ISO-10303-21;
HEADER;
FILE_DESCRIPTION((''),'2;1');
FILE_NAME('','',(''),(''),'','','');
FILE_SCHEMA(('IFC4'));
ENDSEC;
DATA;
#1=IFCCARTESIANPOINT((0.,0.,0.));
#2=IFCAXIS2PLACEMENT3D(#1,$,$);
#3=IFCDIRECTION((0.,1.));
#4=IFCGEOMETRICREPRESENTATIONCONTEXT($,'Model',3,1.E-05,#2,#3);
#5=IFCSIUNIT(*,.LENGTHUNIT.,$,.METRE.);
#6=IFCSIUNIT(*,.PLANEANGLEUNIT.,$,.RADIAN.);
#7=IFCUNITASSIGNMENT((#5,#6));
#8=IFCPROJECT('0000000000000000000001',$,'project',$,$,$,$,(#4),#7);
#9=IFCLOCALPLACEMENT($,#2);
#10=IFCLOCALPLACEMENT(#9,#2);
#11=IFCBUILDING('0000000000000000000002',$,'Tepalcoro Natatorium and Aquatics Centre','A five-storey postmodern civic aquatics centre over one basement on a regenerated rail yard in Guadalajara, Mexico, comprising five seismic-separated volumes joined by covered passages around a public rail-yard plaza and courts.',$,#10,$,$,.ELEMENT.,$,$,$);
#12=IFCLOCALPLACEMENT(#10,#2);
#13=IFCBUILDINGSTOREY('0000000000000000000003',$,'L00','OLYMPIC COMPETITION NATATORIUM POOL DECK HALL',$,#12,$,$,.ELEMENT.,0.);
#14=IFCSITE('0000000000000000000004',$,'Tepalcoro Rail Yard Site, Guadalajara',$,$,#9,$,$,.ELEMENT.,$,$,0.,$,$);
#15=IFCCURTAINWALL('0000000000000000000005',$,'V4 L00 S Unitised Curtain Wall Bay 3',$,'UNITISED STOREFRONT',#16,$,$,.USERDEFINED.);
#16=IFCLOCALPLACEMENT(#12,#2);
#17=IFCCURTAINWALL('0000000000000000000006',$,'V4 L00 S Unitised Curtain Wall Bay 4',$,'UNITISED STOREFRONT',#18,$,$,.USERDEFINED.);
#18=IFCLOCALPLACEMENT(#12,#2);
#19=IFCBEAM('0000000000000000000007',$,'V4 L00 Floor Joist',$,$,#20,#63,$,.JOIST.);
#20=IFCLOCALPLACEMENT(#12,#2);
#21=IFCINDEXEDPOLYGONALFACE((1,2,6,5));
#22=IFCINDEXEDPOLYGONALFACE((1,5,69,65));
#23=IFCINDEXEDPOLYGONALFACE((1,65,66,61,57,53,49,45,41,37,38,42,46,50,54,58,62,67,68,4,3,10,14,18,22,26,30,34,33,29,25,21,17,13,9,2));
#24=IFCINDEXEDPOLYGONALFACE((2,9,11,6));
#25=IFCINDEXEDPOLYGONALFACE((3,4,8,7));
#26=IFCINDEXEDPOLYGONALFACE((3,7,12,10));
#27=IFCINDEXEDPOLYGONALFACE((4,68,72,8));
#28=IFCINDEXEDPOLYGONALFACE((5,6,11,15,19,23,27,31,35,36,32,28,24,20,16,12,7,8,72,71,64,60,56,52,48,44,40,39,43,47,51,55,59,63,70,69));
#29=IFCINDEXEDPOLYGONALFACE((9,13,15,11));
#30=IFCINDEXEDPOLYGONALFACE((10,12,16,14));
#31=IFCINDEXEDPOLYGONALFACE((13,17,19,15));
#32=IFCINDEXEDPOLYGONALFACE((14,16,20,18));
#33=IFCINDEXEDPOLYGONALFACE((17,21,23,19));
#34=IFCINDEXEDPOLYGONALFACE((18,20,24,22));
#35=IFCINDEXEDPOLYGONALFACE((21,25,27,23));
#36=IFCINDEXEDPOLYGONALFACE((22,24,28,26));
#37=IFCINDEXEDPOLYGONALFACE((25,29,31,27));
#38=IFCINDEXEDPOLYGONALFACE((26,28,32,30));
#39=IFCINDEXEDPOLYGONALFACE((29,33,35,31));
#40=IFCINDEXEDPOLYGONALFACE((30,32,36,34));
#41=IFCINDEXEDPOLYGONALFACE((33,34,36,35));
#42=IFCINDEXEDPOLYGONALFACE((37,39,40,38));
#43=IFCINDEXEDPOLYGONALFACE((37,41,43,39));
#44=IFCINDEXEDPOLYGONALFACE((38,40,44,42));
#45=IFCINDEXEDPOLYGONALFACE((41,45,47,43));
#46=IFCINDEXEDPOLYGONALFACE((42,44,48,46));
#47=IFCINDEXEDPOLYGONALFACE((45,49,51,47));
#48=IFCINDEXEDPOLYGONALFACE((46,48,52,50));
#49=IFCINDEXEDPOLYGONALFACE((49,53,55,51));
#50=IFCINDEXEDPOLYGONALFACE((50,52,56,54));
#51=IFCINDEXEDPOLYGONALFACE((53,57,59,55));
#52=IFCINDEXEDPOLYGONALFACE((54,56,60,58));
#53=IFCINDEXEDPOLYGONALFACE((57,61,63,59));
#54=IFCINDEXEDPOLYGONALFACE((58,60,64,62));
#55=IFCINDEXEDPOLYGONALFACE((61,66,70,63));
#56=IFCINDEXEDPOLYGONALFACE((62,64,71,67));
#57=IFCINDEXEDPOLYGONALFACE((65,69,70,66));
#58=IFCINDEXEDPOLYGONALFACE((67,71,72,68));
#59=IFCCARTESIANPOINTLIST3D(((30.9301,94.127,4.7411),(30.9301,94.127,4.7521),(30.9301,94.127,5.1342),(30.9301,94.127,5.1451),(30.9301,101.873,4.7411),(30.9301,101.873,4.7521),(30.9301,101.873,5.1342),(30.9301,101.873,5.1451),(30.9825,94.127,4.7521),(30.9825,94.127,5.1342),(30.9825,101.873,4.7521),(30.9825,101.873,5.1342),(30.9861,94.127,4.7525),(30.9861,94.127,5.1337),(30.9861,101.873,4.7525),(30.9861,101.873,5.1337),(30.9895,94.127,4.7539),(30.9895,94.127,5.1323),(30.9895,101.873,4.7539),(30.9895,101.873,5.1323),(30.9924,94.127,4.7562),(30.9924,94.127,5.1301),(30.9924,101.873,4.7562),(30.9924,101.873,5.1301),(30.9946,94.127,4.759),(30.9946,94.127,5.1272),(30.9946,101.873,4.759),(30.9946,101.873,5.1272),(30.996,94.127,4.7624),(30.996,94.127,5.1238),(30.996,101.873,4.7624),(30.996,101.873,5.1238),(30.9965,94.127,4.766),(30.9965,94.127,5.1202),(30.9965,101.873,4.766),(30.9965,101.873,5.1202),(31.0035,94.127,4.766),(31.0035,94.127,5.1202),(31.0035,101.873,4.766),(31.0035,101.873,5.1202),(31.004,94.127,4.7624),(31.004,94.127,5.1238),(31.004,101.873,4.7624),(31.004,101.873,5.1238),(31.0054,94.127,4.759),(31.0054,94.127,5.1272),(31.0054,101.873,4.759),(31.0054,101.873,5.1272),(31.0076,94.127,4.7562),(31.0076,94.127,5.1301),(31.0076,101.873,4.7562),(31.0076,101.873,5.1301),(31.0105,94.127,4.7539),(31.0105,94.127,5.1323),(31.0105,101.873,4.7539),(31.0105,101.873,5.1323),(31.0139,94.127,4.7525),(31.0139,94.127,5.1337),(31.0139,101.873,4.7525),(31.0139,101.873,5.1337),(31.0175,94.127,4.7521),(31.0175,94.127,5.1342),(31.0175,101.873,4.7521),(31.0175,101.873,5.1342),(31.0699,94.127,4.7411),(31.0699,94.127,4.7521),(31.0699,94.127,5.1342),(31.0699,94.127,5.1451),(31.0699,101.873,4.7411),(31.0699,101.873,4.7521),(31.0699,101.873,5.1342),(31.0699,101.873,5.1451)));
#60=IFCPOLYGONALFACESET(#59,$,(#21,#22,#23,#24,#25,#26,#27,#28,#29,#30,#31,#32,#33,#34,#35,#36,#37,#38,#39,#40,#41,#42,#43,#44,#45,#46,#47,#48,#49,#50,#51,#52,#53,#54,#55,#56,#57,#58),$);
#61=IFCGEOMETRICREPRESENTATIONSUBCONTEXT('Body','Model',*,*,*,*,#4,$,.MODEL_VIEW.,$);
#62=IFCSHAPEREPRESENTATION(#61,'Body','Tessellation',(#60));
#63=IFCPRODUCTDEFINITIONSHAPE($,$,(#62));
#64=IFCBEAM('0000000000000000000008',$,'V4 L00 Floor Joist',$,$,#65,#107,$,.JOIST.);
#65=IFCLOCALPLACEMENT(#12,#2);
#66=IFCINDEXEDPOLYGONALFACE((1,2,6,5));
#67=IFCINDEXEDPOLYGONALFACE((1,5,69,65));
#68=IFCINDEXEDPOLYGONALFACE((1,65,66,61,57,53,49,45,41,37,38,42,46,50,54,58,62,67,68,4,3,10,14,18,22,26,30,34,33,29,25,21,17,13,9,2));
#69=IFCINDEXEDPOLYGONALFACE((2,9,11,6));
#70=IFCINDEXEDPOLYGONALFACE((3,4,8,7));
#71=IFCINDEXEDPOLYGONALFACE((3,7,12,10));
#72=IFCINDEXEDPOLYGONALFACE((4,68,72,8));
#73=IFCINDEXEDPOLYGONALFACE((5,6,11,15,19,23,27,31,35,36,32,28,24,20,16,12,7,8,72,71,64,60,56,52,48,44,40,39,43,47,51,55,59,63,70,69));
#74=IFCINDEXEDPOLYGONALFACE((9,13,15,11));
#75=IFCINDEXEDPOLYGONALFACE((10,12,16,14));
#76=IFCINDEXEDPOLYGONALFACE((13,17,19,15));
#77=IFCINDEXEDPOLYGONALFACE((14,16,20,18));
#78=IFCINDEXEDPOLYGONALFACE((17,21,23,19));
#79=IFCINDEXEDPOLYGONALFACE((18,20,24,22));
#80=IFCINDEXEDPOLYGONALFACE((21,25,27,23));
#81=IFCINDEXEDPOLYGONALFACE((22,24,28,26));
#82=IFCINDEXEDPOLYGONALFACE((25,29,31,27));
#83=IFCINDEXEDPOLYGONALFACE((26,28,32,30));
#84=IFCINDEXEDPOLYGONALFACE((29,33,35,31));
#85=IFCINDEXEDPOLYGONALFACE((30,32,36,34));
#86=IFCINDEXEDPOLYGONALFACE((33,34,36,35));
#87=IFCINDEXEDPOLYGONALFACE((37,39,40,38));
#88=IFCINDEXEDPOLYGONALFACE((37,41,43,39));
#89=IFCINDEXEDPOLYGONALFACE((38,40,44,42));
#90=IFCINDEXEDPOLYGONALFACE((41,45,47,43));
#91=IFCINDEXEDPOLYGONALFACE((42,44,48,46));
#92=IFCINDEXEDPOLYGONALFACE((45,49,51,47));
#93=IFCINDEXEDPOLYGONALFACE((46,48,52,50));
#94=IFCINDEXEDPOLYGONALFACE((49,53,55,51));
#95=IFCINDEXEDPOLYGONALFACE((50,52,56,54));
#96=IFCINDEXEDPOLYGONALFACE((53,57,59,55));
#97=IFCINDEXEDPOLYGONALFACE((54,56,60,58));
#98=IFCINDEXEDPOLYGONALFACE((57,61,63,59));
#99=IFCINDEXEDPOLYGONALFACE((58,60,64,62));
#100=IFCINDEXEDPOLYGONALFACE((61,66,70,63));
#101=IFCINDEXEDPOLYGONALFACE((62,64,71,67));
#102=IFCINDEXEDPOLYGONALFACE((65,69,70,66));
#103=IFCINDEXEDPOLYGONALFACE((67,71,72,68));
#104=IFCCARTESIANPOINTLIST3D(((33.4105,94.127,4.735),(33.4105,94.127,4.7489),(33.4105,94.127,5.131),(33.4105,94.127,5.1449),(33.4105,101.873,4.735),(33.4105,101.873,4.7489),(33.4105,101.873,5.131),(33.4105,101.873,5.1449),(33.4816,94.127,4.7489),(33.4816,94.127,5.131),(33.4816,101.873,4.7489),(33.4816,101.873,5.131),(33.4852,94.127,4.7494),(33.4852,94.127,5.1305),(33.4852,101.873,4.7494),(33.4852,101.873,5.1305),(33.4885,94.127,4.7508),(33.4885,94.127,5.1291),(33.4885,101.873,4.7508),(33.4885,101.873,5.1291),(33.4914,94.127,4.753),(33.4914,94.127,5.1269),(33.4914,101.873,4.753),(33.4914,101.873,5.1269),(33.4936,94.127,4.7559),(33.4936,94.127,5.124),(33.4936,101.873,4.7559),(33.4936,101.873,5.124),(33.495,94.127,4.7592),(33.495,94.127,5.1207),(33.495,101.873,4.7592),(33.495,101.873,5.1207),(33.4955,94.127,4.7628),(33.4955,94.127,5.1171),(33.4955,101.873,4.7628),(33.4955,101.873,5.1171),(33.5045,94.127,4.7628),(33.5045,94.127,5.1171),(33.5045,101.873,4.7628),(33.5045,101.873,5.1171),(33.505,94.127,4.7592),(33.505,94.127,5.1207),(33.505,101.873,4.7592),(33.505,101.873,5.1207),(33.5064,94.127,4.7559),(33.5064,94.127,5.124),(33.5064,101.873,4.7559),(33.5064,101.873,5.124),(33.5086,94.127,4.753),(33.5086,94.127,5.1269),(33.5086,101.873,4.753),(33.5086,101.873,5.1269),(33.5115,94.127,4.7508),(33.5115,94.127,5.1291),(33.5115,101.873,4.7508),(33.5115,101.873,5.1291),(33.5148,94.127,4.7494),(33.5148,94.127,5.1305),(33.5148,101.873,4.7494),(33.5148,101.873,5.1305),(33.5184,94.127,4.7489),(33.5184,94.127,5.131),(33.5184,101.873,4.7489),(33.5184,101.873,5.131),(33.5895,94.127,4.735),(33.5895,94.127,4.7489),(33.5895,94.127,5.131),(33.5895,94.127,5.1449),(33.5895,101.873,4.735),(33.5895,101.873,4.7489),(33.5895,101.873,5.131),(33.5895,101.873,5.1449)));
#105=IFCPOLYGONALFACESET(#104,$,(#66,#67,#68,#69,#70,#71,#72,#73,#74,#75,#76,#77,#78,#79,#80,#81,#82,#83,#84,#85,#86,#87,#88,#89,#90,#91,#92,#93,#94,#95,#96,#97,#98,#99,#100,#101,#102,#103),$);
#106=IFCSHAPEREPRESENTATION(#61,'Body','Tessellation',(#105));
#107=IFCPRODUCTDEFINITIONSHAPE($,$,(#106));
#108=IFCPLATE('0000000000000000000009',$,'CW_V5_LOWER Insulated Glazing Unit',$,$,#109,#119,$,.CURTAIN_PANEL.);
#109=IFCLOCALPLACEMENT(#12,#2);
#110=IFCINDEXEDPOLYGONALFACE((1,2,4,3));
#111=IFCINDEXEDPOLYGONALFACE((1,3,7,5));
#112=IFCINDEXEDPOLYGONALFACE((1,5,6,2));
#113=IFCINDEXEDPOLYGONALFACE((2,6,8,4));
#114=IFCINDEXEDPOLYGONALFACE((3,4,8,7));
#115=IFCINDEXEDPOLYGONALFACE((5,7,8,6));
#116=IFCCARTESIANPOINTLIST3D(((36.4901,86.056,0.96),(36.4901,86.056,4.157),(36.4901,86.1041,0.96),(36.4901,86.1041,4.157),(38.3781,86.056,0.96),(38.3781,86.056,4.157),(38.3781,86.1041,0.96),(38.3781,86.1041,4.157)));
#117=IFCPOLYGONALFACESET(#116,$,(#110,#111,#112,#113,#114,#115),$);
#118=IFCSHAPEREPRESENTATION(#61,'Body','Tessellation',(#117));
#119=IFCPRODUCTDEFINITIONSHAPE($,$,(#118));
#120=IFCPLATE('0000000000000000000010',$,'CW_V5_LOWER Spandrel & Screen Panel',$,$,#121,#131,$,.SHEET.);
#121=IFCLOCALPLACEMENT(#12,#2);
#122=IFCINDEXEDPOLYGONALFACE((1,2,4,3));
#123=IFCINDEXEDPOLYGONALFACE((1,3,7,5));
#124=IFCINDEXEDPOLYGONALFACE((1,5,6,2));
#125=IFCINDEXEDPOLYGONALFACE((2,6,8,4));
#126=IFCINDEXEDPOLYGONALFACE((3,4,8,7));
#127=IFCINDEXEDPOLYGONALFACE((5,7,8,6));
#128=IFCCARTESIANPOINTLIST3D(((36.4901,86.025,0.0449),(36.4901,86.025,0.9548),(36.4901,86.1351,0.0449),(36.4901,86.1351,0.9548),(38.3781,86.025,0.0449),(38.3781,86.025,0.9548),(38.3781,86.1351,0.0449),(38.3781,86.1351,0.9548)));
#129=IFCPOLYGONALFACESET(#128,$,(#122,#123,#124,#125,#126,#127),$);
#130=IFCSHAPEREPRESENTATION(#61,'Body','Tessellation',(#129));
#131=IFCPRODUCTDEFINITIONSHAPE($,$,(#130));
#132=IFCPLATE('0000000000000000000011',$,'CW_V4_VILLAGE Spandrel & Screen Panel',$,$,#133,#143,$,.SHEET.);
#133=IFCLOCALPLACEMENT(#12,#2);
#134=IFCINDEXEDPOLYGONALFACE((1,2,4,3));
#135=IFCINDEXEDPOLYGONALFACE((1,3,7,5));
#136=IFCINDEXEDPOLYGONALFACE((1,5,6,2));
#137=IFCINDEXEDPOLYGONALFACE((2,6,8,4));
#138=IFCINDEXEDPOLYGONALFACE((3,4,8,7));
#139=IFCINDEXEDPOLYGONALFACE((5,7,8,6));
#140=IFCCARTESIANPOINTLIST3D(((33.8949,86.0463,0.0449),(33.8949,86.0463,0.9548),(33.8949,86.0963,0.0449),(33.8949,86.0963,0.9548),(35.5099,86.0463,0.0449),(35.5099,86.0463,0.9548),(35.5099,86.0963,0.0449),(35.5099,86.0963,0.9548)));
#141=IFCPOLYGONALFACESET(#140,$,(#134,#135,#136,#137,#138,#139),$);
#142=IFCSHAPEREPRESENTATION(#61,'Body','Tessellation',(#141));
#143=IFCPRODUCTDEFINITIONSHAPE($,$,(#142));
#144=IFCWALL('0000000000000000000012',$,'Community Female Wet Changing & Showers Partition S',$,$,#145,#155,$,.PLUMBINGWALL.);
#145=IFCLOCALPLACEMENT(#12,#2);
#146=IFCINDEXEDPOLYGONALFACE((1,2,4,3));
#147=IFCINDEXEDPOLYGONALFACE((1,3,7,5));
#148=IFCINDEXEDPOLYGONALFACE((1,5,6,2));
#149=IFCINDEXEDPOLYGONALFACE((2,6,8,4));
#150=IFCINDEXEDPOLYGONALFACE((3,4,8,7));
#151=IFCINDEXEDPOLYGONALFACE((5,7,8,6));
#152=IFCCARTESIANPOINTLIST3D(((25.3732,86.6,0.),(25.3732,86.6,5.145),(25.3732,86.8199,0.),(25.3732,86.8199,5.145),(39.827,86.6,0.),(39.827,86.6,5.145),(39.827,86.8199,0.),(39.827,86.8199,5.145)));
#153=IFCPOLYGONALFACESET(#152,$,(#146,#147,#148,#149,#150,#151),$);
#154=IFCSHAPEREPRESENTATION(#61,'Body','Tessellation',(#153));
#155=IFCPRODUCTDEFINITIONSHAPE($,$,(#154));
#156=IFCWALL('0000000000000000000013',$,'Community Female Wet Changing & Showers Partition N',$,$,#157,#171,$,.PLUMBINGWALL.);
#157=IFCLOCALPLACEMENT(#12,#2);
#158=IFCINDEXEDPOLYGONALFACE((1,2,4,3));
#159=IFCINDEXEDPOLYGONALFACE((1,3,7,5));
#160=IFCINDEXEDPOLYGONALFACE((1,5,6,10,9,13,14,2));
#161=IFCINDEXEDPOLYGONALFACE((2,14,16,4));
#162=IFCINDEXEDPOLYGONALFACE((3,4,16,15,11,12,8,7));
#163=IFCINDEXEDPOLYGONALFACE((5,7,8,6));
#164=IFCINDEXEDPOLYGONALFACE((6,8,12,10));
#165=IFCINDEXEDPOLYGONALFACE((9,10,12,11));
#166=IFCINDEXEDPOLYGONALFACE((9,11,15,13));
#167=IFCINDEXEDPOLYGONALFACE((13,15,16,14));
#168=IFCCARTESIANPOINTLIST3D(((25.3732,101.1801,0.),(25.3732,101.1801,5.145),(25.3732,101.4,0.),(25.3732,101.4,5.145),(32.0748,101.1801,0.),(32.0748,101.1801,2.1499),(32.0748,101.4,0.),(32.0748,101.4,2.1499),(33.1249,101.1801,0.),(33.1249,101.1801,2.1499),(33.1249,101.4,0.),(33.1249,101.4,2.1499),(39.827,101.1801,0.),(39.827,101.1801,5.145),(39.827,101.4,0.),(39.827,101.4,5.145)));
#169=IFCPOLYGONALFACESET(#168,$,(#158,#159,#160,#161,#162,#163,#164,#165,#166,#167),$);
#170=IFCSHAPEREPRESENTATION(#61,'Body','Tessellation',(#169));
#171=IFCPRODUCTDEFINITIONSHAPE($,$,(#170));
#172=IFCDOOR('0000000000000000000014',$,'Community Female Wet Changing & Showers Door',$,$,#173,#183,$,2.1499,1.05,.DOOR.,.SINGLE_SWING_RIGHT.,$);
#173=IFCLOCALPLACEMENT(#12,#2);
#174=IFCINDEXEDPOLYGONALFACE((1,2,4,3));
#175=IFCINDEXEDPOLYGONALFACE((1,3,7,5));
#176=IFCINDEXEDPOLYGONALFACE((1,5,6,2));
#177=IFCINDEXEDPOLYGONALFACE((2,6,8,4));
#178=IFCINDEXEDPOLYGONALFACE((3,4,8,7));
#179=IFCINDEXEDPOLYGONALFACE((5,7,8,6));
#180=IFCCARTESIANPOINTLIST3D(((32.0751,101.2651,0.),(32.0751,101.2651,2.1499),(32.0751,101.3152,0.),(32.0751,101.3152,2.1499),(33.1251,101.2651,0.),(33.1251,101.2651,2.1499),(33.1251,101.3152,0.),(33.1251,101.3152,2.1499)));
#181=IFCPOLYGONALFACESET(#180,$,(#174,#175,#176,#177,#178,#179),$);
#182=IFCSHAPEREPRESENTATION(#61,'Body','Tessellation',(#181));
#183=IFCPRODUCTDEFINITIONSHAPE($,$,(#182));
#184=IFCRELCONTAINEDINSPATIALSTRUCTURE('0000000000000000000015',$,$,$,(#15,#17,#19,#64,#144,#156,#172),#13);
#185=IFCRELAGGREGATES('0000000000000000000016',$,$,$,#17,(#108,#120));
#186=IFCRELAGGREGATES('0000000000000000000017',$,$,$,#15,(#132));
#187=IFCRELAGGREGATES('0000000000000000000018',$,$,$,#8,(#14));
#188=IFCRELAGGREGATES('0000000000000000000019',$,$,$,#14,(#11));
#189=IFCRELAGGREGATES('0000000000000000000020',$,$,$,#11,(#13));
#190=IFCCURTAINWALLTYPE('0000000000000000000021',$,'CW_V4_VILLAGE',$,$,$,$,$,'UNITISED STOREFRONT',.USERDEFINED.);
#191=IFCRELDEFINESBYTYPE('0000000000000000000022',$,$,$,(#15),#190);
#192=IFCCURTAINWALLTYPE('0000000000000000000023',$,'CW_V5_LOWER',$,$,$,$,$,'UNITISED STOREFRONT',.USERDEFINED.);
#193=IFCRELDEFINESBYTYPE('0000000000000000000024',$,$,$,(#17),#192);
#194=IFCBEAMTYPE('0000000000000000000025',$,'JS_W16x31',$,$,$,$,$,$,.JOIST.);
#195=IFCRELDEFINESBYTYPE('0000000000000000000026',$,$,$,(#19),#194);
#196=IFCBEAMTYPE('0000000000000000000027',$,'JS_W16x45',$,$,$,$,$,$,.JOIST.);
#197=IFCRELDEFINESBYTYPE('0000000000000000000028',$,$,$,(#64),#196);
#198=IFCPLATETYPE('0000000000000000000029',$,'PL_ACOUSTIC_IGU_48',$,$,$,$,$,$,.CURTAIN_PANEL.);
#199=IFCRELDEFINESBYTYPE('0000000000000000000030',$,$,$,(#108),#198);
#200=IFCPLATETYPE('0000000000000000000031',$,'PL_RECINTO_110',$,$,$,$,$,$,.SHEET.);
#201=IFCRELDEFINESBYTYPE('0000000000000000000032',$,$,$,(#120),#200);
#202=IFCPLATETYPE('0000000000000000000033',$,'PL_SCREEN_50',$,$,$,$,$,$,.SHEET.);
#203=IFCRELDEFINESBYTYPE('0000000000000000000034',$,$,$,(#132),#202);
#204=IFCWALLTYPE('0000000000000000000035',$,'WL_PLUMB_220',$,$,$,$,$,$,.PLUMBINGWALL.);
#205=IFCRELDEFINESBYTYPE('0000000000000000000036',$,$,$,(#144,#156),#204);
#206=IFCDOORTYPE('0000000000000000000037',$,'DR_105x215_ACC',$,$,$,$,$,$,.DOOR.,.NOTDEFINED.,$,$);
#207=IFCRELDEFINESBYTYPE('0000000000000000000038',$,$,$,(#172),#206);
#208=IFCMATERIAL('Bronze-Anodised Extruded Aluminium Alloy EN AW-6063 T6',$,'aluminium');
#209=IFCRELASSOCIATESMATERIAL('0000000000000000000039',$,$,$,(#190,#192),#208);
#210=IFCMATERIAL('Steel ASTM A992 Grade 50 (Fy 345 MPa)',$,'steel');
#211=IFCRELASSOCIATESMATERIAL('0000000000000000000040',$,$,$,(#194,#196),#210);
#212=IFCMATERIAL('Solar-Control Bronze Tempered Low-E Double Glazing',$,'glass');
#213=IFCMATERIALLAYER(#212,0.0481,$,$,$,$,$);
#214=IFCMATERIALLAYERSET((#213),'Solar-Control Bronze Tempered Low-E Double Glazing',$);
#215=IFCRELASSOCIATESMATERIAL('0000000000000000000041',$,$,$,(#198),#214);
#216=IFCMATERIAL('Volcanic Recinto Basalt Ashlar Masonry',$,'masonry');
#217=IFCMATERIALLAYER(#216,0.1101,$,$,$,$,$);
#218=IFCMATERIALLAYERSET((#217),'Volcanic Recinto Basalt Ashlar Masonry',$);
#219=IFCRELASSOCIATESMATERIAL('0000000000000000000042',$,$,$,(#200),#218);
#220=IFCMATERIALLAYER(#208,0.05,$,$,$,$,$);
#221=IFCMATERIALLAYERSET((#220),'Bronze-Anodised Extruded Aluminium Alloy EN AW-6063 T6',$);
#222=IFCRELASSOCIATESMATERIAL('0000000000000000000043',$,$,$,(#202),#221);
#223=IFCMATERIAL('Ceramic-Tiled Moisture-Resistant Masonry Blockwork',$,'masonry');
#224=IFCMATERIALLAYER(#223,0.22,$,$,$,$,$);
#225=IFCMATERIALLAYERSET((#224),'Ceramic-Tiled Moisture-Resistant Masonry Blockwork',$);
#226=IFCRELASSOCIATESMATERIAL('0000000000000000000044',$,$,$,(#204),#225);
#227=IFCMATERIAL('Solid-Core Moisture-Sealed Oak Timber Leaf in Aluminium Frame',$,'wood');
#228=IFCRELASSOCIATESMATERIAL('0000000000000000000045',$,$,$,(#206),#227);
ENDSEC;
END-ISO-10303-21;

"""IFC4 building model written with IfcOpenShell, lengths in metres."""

from ifc_helpers import new_model, si_unit, direction, frame, frame_2d, origin, origin_2d, place, context, subcontext, project, spatial, rectangle, i_section, extrude, material, layer, layer_set, material_profile, profile_set, type_object, element, fill, aggregate, save


model = new_model("IFC4")

# Units and contexts
model_context = context("Model", 3, precision=1e-05, world=origin(), true_north=direction((0.0, 1.0)))
body_context = subcontext(model_context, "Body", "Model", "MODEL_VIEW")
ifc_project = project(units=[si_unit("LENGTHUNIT", "METRE"), si_unit("PLANEANGLEUNIT", "RADIAN")], contexts=[model_context])

# Site, building, storey
site_placement = place(None, origin())
site = spatial("IfcSite", under=ifc_project, at=site_placement, Name="Tepalcoro Rail Yard Site, Guadalajara", CompositionType="ELEMENT", RefElevation=0.0)
building_placement = place(site_placement, origin())
building = spatial("IfcBuilding", under=site, at=building_placement, Name="Tepalcoro Natatorium and Aquatics Centre", Description="A five-storey postmodern civic aquatics centre over one basement on a regenerated rail yard in Guadalajara, Mexico, comprising five seismic-separated volumes joined by covered passages around a public rail-yard plaza and courts.", CompositionType="ELEMENT")
storey_placement = place(building_placement, origin())
storey = spatial("IfcBuildingStorey", under=building, at=storey_placement, Name="L00", Description="OLYMPIC COMPETITION NATATORIUM POOL DECK HALL", CompositionType="ELEMENT", Elevation=0.0)

# Shared definitions
ifc_material_1 = material(Name="Steel ASTM A992 Grade 50 (Fy 345 MPa)", Category="steel")

# Curtain wall
ifc_material_2 = material(Name="Bronze-Anodised Extruded Aluminium Alloy EN AW-6063 T6", Category="aluminium")
curtain_wall_type_1 = type_object("IfcCurtainWallType", Name="CW_V4_VILLAGE", ElementType="UNITISED STOREFRONT", PredefinedType="USERDEFINED", material=ifc_material_2)
curtain_wall_1_placement = place(storey_placement, origin())
curtain_wall_1 = element("IfcCurtainWall", 1, at=curtain_wall_1_placement, inside=storey, type_object=curtain_wall_type_1, Name="V4 L00 S Unitised Curtain Wall Bay 3", ObjectType="UNITISED STOREFRONT", PredefinedType="USERDEFINED")

# Curtain wall
curtain_wall_type_2 = type_object("IfcCurtainWallType", Name="CW_V5_LOWER", ElementType="UNITISED STOREFRONT", PredefinedType="USERDEFINED", material=ifc_material_2)
curtain_wall_2_placement = place(storey_placement, origin())
curtain_wall_2 = element("IfcCurtainWall", 2, at=curtain_wall_2_placement, inside=storey, type_object=curtain_wall_type_2, Name="V4 L00 S Unitised Curtain Wall Bay 4", ObjectType="UNITISED STOREFRONT", PredefinedType="USERDEFINED")

# Beams
ifc_material_profile_1 = material_profile(ifc_material_1, i_section(OverallWidth=0.1399, OverallDepth=0.4041, WebThickness=0.0071, FlangeThickness=0.011, FilletRadius=0.0139, at=origin_2d()), Name="W16X31")
ifc_profile_set_1 = profile_set([ifc_material_profile_1], Name="Steel ASTM A992 Grade 50 (Fy 345 MPa)")
beam_type_1 = type_object("IfcBeamType", Name="JS_W16x31", PredefinedType="JOIST", material=ifc_profile_set_1)
beam_1_placement = place(storey_placement, frame((31.0, 94.127, 4.9431), z_axis=(0.0, 1.0, 0.0), x_axis=(-1.0, 0.0, 0.0)))
element("IfcBeam", 3, at=beam_1_placement, inside=storey, type_object=beam_type_1, Name="V4 L00 Floor Joist", PredefinedType="JOIST", context=body_context, shape_type="SweptSolid", body=[
    extrude(i_section(OverallWidth=0.1399, OverallDepth=0.4041, WebThickness=0.0071, FlangeThickness=0.011, FilletRadius=0.0139, at=origin_2d()), origin(), (0.0, 0.0, 1.0), 7.7461),
])
ifc_material_profile_2 = material_profile(ifc_material_1, i_section(OverallWidth=0.179, OverallDepth=0.4099, WebThickness=0.009, FlangeThickness=0.0139, FilletRadius=0.0139, at=origin_2d()), Name="W16X45")
ifc_profile_set_2 = profile_set([ifc_material_profile_2], Name="Steel ASTM A992 Grade 50 (Fy 345 MPa)")
beam_type_2 = type_object("IfcBeamType", Name="JS_W16x45", PredefinedType="JOIST", material=ifc_profile_set_2)
beam_2_placement = place(storey_placement, frame((33.5, 94.127, 4.9399), z_axis=(0.0, 1.0, 0.0), x_axis=(-1.0, 0.0, 0.0)))
element("IfcBeam", 4, at=beam_2_placement, inside=storey, type_object=beam_type_2, Name="V4 L00 Floor Joist", PredefinedType="JOIST", context=body_context, shape_type="SweptSolid", body=[
    extrude(i_section(OverallWidth=0.179, OverallDepth=0.4099, WebThickness=0.009, FlangeThickness=0.0139, FilletRadius=0.0139, at=origin_2d()), origin(), (0.0, 0.0, 1.0), 7.7461),
])

# Plates
ifc_material_3 = material(Name="Solar-Control Bronze Tempered Low-E Double Glazing", Category="glass")
ifc_layer_1 = layer(ifc_material_3, 0.0481)
ifc_layer_set_1 = layer_set([ifc_layer_1], Name="Solar-Control Bronze Tempered Low-E Double Glazing")
plate_type_1 = type_object("IfcPlateType", Name="PL_ACOUSTIC_IGU_48", PredefinedType="CURTAIN_PANEL", material=ifc_layer_set_1)
plate_1_placement = place(storey_placement, frame((37.4341, 86.0801, 0.96), z_axis=(0.0, 0.0, 1.0), x_axis=(1.0, 0.0, 0.0)))
plate_1 = element("IfcPlate", 5, at=plate_1_placement, type_object=plate_type_1, Name="CW_V5_LOWER Insulated Glazing Unit", PredefinedType="CURTAIN_PANEL", context=body_context, shape_type="SweptSolid", body=[
    extrude(rectangle(XDim=1.8879, YDim=0.0481, at=origin_2d()), origin(), (0.0, 0.0, 1.0), 3.197),
])
ifc_material_4 = material(Name="Volcanic Recinto Basalt Ashlar Masonry", Category="masonry")
ifc_layer_2 = layer(ifc_material_4, 0.1101)
ifc_layer_set_2 = layer_set([ifc_layer_2], Name="Volcanic Recinto Basalt Ashlar Masonry")
plate_type_2 = type_object("IfcPlateType", Name="PL_RECINTO_110", PredefinedType="SHEET", material=ifc_layer_set_2)
plate_2_placement = place(storey_placement, frame((37.4341, 86.0801, 0.0449), z_axis=(0.0, 0.0, 1.0), x_axis=(1.0, 0.0, 0.0)))
plate_2 = element("IfcPlate", 6, at=plate_2_placement, type_object=plate_type_2, Name="CW_V5_LOWER Spandrel & Screen Panel", PredefinedType="SHEET", context=body_context, shape_type="SweptSolid", body=[
    extrude(rectangle(XDim=1.8879, YDim=0.1101, at=origin_2d()), origin(), (0.0, 0.0, 1.0), 0.9099),
])
aggregate(curtain_wall_2, [plate_1, plate_2])
ifc_layer_3 = layer(ifc_material_2, 0.05)
ifc_layer_set_3 = layer_set([ifc_layer_3], Name="Bronze-Anodised Extruded Aluminium Alloy EN AW-6063 T6")
plate_type_3 = type_object("IfcPlateType", Name="PL_SCREEN_50", PredefinedType="SHEET", material=ifc_layer_set_3)
plate_3_placement = place(storey_placement, frame((34.7024, 86.0713, 0.0449), z_axis=(0.0, 0.0, 1.0), x_axis=(1.0, 0.0, 0.0)))
plate_3 = element("IfcPlate", 7, at=plate_3_placement, type_object=plate_type_3, Name="CW_V4_VILLAGE Spandrel & Screen Panel", PredefinedType="SHEET", context=body_context, shape_type="SweptSolid", body=[
    extrude(rectangle(XDim=1.615, YDim=0.05, at=origin_2d()), origin(), (0.0, 0.0, 1.0), 0.9099),
])
aggregate(curtain_wall_1, [plate_3])

# Wall
ifc_material_5 = material(Name="Ceramic-Tiled Moisture-Resistant Masonry Blockwork", Category="masonry")
ifc_layer_4 = layer(ifc_material_5, 0.22)
ifc_layer_set_4 = layer_set([ifc_layer_4], Name="Ceramic-Tiled Moisture-Resistant Masonry Blockwork")
wall_type = type_object("IfcWallType", Name="WL_PLUMB_220", PredefinedType="PLUMBINGWALL", material=ifc_layer_set_4)
wall_1_placement = place(storey_placement, frame((25.373, 86.71, 0.0), z_axis=(0.0, 0.0, 1.0), x_axis=(1.0, 0.0, 0.0)))
element("IfcWall", 8, at=wall_1_placement, inside=storey, type_object=wall_type, Name="Community Female Wet Changing & Showers Partition S", PredefinedType="PLUMBINGWALL", context=body_context, shape_type="SweptSolid", body=[
    extrude(rectangle(XDim=14.4539, YDim=0.22, at=frame_2d((7.2271, 0.0))), origin(), (0.0, 0.0, 1.0), 5.145),
])

# Wall, opening, door
wall_2_placement = place(storey_placement, frame((25.373, 101.29, 0.0), z_axis=(0.0, 0.0, 1.0), x_axis=(1.0, 0.0, 0.0)))
wall_2 = element("IfcWall", 9, at=wall_2_placement, inside=storey, type_object=wall_type, Name="Community Female Wet Changing & Showers Partition N", PredefinedType="PLUMBINGWALL", context=body_context, shape_type="SweptSolid", body=[
    extrude(rectangle(XDim=14.4539, YDim=0.22, at=frame_2d((7.2271, 0.0))), origin(), (0.0, 0.0, 1.0), 5.145),
])
opening_placement = place(wall_2_placement, frame((6.7019, 0.0, 0.0)))
opening = element("IfcOpeningElement", 10, at=opening_placement, cuts=wall_2, PredefinedType="OPENING", context=body_context, shape_type="SweptSolid", body=[
    extrude(rectangle(XDim=1.05, YDim=2.1499, at=frame_2d((0.5249, 1.075))), frame((0.0, 0.1221, 0.0), z_axis=(0.0, -1.0, 0.0), x_axis=(1.0, 0.0, 0.0)), (0.0, 0.0, 1.0), 0.2439),
])
ifc_material_6 = material(Name="Solid-Core Moisture-Sealed Oak Timber Leaf in Aluminium Frame", Category="wood")
door_type = type_object("IfcDoorType", Name="DR_105x215_ACC", OperationType="NOTDEFINED", PredefinedType="DOOR", material=ifc_material_6)
door_placement = place(opening_placement, frame((1.05, 0.0, 0.0), z_axis=(0.0, 0.0, 1.0), x_axis=(-1.0, 0.0, 0.0)))
door = element("IfcDoor", 11, at=door_placement, inside=storey, type_object=door_type, Name="Community Female Wet Changing & Showers Door", OperationType="SINGLE_SWING_RIGHT", OverallHeight=2.1499, OverallWidth=1.05, PredefinedType="DOOR", context=body_context, shape_type="SweptSolid", body=[
    extrude(rectangle(XDim=1.05, YDim=2.1499, at=frame_2d((0.5249, 1.075))), frame((0.0, 0.0249, 0.0), z_axis=(0.0, -1.0, 0.0), x_axis=(1.0, 0.0, 0.0)), (0.0, 0.0, 1.0), 0.05),
])
fill(opening, door)

save(model, "model.ifc")
